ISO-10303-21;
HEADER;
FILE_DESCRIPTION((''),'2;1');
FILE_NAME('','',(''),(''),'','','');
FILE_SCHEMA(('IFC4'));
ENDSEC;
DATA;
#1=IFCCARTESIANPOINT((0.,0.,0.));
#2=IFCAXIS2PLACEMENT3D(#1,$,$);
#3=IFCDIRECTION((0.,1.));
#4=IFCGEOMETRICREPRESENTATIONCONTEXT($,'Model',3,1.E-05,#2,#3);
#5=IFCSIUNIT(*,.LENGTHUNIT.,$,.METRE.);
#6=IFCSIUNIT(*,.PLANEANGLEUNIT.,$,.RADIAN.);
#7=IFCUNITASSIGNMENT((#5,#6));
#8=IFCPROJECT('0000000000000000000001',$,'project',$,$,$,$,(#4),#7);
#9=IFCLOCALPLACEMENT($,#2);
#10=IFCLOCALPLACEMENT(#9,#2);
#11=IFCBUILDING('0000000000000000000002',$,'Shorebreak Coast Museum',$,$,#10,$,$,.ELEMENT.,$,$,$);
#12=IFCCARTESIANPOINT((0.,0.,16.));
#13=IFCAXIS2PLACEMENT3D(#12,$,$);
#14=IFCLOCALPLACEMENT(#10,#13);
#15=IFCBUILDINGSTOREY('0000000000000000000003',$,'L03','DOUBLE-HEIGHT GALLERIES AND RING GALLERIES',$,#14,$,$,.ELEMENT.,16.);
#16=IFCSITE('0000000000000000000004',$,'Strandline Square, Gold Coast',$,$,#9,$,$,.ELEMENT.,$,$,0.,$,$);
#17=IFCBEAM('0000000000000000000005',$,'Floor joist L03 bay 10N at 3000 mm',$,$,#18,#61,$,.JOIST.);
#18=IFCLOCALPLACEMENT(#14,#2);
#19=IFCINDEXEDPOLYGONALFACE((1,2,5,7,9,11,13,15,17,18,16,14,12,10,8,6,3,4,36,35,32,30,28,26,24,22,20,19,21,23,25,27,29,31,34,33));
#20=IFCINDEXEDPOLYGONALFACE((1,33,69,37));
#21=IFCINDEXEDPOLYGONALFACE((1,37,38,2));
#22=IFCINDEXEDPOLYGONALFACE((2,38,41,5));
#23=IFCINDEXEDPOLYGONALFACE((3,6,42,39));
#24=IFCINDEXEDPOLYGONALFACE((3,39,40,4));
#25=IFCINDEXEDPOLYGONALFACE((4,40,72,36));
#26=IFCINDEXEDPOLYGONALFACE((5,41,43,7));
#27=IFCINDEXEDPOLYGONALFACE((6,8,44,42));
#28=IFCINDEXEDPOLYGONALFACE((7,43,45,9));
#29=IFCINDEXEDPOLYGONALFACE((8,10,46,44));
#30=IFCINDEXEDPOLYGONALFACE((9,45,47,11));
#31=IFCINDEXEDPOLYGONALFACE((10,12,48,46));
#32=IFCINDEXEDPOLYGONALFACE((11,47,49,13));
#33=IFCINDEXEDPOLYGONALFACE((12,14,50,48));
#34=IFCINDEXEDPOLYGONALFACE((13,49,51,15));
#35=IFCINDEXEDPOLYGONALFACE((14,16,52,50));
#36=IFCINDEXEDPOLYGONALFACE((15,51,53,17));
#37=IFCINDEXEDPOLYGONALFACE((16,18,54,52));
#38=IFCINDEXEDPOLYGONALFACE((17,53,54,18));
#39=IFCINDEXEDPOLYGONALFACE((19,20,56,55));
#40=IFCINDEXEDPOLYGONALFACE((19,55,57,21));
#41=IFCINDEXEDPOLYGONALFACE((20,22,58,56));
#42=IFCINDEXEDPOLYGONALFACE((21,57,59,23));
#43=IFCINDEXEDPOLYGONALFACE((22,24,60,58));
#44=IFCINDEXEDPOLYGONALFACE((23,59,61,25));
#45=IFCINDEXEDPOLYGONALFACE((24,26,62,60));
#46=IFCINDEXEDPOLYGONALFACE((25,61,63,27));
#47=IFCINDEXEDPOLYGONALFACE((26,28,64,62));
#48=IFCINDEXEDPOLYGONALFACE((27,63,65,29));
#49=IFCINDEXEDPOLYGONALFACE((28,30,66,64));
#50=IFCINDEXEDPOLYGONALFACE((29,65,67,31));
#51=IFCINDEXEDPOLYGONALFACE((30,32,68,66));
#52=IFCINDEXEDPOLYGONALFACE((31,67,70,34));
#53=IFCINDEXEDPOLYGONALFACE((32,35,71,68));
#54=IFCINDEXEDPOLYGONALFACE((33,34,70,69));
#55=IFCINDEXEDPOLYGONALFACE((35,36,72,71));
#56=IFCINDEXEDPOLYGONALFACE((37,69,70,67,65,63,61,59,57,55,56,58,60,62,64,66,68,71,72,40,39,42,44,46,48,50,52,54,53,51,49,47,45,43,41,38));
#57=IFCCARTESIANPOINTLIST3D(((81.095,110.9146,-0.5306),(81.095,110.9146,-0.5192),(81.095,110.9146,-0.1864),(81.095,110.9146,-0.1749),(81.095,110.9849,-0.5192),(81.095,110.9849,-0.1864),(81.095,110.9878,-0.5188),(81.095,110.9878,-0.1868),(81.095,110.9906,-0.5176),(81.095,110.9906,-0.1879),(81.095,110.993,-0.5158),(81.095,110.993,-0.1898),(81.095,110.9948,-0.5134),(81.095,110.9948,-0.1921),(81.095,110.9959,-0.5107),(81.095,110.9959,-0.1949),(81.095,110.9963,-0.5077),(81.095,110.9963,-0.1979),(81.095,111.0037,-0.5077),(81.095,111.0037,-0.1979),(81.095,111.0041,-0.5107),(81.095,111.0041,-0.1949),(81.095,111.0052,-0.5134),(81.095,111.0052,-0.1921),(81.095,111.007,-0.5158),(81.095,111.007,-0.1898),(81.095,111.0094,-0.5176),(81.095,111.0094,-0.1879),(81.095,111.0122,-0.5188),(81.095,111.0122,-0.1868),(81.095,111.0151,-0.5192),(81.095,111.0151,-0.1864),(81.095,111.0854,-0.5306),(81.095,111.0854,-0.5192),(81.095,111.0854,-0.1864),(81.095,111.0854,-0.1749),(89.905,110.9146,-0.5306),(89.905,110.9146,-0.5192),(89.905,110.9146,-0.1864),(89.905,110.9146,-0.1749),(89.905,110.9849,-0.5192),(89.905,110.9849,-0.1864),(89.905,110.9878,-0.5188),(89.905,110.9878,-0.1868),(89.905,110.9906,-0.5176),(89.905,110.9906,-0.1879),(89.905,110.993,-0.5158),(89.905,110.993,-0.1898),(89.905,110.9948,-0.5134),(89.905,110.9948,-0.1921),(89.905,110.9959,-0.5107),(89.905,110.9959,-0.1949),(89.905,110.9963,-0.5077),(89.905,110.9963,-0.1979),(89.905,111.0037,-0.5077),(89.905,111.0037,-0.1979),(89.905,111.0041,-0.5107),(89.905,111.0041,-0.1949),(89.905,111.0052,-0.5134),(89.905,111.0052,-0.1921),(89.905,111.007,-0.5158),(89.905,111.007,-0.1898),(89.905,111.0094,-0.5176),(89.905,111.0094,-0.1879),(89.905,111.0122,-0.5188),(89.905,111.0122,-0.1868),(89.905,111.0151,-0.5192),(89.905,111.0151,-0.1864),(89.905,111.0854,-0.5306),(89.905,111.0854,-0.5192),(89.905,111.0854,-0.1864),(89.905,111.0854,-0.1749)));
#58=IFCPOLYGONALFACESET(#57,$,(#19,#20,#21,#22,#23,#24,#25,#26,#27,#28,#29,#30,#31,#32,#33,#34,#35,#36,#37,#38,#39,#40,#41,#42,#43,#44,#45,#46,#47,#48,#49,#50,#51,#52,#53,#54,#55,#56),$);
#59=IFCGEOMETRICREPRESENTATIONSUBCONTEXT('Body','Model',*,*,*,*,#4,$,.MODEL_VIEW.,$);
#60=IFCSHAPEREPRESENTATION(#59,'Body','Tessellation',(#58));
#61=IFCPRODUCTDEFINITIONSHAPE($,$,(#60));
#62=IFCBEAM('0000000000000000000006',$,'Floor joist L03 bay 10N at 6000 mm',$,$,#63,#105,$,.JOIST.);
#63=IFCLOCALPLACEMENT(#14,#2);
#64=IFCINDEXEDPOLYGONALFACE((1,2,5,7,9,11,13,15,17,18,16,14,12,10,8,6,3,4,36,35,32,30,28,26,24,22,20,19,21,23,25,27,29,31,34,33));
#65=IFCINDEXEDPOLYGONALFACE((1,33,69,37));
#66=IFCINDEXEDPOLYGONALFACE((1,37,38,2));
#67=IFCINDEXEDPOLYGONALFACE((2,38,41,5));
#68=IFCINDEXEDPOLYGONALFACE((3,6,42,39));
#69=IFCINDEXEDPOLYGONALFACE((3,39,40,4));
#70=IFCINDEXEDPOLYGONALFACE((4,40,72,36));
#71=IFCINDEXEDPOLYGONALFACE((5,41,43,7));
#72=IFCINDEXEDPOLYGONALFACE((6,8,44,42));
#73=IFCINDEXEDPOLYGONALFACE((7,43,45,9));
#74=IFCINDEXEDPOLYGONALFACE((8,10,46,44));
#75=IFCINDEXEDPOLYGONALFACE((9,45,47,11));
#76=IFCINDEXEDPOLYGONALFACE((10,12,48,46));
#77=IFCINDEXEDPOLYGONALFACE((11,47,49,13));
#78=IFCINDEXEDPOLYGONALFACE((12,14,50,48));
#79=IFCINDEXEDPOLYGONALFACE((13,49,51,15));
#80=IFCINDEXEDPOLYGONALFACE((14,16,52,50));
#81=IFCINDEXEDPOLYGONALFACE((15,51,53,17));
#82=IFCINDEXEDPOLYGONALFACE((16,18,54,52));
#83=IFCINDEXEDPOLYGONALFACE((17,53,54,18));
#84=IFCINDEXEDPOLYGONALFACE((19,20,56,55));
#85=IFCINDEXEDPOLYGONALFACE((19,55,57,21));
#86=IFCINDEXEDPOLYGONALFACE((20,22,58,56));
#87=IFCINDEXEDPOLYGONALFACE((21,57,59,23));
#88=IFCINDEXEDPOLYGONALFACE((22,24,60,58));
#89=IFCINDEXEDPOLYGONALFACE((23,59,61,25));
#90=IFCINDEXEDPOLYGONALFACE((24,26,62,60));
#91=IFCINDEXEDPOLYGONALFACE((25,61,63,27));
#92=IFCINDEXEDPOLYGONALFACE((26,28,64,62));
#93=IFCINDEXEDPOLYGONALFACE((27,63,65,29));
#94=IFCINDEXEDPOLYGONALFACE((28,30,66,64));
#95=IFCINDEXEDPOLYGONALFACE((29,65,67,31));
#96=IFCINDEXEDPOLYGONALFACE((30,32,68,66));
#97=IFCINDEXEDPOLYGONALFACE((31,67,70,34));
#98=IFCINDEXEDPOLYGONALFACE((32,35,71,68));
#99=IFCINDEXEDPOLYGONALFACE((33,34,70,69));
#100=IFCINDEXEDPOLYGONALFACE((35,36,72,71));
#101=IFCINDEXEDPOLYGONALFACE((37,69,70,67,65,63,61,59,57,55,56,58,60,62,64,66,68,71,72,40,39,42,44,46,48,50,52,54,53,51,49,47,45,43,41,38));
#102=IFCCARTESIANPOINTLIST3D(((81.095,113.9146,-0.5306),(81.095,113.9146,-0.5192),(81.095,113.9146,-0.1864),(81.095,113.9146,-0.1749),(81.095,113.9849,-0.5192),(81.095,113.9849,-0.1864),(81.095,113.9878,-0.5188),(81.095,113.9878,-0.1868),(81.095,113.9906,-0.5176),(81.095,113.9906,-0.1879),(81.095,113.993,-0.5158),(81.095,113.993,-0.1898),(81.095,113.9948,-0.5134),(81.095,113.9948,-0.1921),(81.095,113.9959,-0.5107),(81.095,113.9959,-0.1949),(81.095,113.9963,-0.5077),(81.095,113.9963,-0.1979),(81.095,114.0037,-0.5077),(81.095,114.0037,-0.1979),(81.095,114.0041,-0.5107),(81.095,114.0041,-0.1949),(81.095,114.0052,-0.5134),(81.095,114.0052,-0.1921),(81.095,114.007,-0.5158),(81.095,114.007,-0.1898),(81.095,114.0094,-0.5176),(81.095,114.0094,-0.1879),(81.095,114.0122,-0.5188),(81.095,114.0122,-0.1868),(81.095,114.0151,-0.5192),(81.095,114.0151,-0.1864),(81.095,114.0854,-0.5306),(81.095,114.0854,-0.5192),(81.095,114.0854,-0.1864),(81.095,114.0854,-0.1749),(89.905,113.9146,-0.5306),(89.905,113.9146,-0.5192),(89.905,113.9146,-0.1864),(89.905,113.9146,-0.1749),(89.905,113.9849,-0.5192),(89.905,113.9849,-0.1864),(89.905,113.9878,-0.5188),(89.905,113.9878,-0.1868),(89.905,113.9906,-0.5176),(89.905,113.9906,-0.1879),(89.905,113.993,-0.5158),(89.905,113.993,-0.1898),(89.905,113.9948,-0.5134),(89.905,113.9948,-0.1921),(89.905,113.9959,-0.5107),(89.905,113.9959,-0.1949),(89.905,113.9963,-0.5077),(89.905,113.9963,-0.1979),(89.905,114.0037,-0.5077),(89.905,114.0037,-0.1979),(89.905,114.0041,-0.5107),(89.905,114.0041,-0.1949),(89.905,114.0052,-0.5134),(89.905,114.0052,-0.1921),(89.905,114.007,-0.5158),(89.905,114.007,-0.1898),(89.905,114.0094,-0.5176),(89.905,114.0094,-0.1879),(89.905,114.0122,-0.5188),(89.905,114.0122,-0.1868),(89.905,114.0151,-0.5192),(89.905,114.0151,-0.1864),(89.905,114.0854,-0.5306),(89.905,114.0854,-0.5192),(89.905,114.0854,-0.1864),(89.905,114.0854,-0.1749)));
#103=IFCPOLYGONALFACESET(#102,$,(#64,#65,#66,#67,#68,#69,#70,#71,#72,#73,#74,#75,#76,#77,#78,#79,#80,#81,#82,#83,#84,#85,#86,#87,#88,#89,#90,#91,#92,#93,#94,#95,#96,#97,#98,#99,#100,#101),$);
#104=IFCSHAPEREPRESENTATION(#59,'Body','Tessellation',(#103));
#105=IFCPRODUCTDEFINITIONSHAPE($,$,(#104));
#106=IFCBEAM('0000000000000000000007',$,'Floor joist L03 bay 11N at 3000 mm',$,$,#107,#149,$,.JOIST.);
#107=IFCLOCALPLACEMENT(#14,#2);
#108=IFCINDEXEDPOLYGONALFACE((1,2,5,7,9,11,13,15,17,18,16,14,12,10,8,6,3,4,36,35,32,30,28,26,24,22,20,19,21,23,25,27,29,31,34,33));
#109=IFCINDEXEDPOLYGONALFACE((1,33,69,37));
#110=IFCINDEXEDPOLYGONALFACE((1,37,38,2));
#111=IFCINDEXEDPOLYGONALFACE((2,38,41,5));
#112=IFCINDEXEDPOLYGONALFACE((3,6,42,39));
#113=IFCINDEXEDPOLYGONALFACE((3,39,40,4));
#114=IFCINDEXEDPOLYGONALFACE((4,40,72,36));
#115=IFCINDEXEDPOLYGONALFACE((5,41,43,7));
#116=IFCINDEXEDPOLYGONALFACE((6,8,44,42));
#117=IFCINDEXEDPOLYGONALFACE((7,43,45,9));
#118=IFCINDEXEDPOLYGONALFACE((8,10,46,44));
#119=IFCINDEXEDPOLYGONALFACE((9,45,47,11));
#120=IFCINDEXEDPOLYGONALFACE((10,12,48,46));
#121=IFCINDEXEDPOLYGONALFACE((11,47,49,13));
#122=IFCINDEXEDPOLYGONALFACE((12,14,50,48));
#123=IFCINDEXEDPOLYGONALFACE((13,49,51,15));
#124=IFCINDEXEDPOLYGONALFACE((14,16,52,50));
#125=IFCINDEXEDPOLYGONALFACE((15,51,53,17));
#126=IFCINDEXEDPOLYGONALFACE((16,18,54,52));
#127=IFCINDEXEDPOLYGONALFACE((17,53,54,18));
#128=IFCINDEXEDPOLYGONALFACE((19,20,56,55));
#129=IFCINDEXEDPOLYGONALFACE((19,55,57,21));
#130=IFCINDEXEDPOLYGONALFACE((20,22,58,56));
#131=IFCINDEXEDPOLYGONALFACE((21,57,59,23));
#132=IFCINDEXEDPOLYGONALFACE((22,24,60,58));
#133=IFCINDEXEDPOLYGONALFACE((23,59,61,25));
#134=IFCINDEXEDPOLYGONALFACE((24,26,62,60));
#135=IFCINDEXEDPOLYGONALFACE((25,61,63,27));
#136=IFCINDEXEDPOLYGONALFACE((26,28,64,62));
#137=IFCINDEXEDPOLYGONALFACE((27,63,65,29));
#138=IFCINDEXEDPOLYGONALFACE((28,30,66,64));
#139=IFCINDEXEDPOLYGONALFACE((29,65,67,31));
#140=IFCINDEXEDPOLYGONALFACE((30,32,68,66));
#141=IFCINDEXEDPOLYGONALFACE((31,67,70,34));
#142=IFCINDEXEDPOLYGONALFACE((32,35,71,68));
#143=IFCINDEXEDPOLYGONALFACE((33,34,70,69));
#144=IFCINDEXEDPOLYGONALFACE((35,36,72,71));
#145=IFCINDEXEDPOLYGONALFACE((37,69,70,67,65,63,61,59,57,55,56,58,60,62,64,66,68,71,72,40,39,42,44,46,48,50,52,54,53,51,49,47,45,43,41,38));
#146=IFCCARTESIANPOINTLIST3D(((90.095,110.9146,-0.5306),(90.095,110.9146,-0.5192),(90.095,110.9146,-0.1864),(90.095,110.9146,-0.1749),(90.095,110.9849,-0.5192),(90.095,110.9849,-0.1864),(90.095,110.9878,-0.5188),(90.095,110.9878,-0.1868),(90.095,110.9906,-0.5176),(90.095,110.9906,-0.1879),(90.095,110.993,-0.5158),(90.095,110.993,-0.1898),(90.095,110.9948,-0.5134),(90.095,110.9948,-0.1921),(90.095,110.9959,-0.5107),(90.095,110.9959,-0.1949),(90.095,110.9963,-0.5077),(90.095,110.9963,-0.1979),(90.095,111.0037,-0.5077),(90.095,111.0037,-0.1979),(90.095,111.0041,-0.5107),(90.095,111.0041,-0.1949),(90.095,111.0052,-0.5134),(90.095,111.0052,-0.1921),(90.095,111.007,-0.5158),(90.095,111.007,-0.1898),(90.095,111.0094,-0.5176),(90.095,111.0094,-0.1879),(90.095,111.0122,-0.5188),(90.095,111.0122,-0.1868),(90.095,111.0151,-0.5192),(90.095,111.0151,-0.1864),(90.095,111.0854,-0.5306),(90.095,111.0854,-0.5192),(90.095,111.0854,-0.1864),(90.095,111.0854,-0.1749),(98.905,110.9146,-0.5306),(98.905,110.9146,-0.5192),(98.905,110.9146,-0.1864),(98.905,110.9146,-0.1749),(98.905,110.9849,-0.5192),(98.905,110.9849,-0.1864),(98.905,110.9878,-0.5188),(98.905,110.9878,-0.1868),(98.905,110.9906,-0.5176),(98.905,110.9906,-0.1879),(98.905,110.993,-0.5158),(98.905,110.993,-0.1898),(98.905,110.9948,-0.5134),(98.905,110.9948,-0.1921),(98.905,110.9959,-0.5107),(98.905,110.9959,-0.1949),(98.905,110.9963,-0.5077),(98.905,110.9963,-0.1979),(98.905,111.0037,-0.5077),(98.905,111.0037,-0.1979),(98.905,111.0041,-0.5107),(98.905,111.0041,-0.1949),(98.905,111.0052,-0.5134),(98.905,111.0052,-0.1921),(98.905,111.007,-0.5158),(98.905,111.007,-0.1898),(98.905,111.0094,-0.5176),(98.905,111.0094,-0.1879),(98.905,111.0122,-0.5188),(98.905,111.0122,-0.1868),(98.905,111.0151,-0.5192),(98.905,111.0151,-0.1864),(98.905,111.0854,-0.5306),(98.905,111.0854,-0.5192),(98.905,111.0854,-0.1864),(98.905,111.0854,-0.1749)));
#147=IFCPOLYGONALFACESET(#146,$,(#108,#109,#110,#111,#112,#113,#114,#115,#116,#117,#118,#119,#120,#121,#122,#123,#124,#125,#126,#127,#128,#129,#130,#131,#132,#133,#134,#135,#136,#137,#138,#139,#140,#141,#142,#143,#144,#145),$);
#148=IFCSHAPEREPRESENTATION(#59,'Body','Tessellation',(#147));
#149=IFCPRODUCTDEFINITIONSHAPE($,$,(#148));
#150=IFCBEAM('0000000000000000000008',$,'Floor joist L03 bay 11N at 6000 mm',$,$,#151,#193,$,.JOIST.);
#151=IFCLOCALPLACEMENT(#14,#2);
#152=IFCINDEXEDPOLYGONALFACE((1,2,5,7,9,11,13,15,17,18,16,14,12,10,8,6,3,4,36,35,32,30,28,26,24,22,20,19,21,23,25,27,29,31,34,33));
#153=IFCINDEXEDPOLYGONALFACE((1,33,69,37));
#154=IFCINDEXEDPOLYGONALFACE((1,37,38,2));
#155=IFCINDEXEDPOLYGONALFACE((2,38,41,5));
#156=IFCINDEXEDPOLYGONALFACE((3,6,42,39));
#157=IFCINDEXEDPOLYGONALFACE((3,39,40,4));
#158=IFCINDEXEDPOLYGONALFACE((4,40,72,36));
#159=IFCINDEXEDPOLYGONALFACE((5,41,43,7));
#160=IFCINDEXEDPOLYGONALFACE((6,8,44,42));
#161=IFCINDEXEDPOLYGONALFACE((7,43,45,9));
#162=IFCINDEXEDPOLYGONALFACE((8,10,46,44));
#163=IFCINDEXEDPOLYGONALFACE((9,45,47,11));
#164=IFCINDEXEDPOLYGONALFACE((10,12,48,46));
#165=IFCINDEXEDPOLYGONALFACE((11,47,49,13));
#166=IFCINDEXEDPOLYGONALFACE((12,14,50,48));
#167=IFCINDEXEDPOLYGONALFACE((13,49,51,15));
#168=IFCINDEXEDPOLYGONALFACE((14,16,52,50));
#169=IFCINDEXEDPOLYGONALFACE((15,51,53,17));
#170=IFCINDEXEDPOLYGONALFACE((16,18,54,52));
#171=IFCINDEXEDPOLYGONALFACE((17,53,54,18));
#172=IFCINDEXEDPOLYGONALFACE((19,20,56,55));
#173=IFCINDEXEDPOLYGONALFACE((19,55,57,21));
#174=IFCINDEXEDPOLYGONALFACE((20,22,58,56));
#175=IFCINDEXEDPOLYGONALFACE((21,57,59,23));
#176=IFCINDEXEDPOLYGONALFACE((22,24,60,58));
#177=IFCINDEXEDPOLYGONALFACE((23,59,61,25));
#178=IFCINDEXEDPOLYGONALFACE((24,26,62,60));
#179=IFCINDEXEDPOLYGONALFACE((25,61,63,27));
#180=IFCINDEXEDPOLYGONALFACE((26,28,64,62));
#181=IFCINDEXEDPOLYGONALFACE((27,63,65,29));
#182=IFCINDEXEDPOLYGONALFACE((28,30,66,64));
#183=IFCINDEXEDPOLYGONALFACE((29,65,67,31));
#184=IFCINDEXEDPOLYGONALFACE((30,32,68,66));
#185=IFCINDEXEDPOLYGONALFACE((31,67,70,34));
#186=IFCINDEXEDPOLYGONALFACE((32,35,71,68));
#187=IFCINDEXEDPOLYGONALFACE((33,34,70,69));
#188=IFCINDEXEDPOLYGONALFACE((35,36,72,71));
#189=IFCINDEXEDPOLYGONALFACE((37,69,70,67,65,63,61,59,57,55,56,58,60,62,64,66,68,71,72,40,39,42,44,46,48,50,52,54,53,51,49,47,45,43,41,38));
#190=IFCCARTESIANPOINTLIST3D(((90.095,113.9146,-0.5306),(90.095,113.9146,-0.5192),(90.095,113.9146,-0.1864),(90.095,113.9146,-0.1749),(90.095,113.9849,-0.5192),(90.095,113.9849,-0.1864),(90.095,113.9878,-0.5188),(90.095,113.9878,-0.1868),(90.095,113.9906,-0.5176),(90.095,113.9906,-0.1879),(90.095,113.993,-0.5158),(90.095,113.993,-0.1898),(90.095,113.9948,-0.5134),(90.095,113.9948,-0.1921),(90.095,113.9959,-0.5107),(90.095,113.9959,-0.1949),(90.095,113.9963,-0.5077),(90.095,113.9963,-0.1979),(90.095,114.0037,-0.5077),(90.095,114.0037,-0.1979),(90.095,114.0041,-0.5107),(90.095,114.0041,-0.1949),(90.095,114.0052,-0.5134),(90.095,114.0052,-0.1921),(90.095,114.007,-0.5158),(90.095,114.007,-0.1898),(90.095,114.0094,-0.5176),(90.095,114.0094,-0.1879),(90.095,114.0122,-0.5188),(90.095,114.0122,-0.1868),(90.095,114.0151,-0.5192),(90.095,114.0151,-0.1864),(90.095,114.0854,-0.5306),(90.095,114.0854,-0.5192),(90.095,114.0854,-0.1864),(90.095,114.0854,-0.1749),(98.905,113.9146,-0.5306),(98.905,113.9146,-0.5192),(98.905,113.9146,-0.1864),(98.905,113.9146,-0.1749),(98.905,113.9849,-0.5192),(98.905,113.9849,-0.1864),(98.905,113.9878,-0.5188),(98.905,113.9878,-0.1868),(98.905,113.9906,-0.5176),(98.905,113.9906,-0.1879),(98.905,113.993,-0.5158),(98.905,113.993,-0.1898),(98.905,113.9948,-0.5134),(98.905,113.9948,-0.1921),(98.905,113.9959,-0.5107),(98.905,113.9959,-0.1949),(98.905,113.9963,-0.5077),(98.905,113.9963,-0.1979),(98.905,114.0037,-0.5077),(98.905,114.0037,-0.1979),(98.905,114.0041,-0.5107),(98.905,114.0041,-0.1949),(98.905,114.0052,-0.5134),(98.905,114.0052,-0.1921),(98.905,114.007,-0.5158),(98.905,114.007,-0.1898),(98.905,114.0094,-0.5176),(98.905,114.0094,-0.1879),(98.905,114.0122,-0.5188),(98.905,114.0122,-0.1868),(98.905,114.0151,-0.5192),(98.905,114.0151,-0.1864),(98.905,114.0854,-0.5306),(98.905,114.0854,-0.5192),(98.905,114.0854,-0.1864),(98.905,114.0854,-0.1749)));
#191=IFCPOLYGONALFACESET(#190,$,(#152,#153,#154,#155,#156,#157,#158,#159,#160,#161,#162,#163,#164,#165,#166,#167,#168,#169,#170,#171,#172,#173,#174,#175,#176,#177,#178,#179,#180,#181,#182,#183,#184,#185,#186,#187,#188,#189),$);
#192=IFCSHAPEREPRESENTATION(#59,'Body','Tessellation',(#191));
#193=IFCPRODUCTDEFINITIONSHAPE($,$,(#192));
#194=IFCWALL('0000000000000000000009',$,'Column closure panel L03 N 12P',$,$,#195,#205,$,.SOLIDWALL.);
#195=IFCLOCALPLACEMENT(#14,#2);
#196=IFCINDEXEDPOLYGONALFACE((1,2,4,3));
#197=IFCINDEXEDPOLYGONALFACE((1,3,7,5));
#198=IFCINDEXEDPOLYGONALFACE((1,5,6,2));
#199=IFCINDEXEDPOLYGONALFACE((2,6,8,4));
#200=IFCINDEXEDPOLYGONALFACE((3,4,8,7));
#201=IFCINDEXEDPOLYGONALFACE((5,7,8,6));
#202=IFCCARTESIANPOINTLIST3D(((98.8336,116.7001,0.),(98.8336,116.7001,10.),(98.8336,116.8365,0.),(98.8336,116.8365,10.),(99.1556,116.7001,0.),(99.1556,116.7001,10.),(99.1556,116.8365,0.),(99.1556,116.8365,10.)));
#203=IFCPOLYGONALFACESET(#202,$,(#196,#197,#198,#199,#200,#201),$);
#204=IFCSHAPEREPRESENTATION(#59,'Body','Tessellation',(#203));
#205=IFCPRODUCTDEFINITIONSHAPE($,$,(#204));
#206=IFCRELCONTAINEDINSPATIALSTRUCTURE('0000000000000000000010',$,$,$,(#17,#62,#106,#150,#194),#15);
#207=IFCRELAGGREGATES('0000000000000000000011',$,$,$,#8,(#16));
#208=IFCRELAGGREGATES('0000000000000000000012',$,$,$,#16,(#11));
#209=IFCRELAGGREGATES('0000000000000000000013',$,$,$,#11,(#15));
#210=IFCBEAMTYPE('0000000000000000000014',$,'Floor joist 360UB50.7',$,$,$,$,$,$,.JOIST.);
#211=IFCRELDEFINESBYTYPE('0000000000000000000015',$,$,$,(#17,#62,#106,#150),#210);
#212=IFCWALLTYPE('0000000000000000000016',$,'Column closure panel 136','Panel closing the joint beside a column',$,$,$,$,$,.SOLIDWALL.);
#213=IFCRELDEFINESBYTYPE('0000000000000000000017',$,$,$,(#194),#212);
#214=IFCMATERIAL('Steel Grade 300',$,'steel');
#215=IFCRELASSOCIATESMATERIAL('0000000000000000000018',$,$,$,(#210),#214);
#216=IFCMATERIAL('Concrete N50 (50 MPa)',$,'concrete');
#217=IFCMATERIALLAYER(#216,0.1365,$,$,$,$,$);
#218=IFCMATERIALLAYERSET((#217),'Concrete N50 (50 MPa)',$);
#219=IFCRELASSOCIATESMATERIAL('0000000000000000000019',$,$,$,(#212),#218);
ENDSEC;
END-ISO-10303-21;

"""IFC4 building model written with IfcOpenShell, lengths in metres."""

from ifc_helpers import new_model, si_unit, direction, frame, frame_2d, origin, origin_2d, place, context, subcontext, project, spatial, rectangle, i_section, extrude, material, layer, layer_set, material_profile, profile_set, type_object, element, save


model = new_model("IFC4")

# Units and contexts
model_context = context("Model", 3, precision=1e-05, world=origin(), true_north=direction((0.0, 1.0)))
body_context = subcontext(model_context, "Body", "Model", "MODEL_VIEW")
ifc_project = project(units=[si_unit("LENGTHUNIT", "METRE"), si_unit("PLANEANGLEUNIT", "RADIAN")], contexts=[model_context])

# Site, building, storey
site_placement = place(None, origin())
site = spatial("IfcSite", under=ifc_project, at=site_placement, Name="Strandline Square, Gold Coast", CompositionType="ELEMENT", RefElevation=0.0)
building_placement = place(site_placement, origin())
building = spatial("IfcBuilding", under=site, at=building_placement, Name="Shorebreak Coast Museum", CompositionType="ELEMENT")
storey_placement = place(building_placement, frame((0.0, 0.0, 16.0)))
storey = spatial("IfcBuildingStorey", under=building, at=storey_placement, Name="L03", Description="DOUBLE-HEIGHT GALLERIES AND RING GALLERIES", CompositionType="ELEMENT", Elevation=16.0)

# Beams
ifc_material_1 = material(Name="Steel Grade 300", Category="steel")
ifc_material_profile_1 = material_profile(ifc_material_1, i_section(OverallWidth=0.1709, OverallDepth=0.3557, WebThickness=0.0073, FlangeThickness=0.0115, FilletRadius=0.0115, at=origin_2d()), Name="360UB50.7")
ifc_profile_set_1 = profile_set([ifc_material_profile_1], Name="Steel Grade 300")
beam_type_1 = type_object("IfcBeamType", Name="Floor joist 360UB50.7", PredefinedType="JOIST", material=ifc_profile_set_1)
for number, where, z_axis, x_axis, name in (
    (1, (81.095, 111.0, -0.3528), (1.0, 0.0, 0.0), (0.0, 1.0, 0.0), "Floor joist L03 bay 10N at 3000 mm"),
    (2, (81.095, 114.0, -0.3528), (1.0, 0.0, 0.0), (0.0, 1.0, 0.0), "Floor joist L03 bay 10N at 6000 mm"),
    (3, (90.095, 111.0, -0.3528), (1.0, 0.0, 0.0), (0.0, 1.0, 0.0), "Floor joist L03 bay 11N at 3000 mm"),
    (4, (90.095, 114.0, -0.3528), (1.0, 0.0, 0.0), (0.0, 1.0, 0.0), "Floor joist L03 bay 11N at 6000 mm"),
):
    element("IfcBeam", number, at=place(storey_placement, frame(where, z_axis=z_axis, x_axis=x_axis)), inside=storey, type_object=beam_type_1, Name=name, PredefinedType="JOIST", context=body_context, shape_type="SweptSolid", body=[
        extrude(i_section(OverallWidth=0.1709, OverallDepth=0.3557, WebThickness=0.0073, FlangeThickness=0.0115, FilletRadius=0.0115, at=origin_2d()), origin(), (0.0, 0.0, 1.0), 8.8101),
    ])

# Wall
ifc_material_2 = material(Name="Concrete N50 (50 MPa)", Category="concrete")
ifc_layer_1 = layer(ifc_material_2, 0.1365)
ifc_layer_set_1 = layer_set([ifc_layer_1], Name="Concrete N50 (50 MPa)")
wall_type_1 = type_object("IfcWallType", Name="Column closure panel 136", Description="Panel closing the joint beside a column", PredefinedType="SOLIDWALL", material=ifc_layer_set_1)
wall_1_placement = place(storey_placement, frame((98.8335, 116.7683, 0.0), z_axis=(0.0, 0.0, 1.0), x_axis=(1.0, 0.0, 0.0)))
element("IfcWall", 5, at=wall_1_placement, inside=storey, type_object=wall_type_1, Name="Column closure panel L03 N 12P", PredefinedType="SOLIDWALL", context=body_context, shape_type="SweptSolid", body=[
    extrude(rectangle(XDim=0.322, YDim=0.1365, at=frame_2d((0.1611, 0.0))), origin(), (0.0, 0.0, 1.0), 10.0),
])

save(model, "model.ifc")
